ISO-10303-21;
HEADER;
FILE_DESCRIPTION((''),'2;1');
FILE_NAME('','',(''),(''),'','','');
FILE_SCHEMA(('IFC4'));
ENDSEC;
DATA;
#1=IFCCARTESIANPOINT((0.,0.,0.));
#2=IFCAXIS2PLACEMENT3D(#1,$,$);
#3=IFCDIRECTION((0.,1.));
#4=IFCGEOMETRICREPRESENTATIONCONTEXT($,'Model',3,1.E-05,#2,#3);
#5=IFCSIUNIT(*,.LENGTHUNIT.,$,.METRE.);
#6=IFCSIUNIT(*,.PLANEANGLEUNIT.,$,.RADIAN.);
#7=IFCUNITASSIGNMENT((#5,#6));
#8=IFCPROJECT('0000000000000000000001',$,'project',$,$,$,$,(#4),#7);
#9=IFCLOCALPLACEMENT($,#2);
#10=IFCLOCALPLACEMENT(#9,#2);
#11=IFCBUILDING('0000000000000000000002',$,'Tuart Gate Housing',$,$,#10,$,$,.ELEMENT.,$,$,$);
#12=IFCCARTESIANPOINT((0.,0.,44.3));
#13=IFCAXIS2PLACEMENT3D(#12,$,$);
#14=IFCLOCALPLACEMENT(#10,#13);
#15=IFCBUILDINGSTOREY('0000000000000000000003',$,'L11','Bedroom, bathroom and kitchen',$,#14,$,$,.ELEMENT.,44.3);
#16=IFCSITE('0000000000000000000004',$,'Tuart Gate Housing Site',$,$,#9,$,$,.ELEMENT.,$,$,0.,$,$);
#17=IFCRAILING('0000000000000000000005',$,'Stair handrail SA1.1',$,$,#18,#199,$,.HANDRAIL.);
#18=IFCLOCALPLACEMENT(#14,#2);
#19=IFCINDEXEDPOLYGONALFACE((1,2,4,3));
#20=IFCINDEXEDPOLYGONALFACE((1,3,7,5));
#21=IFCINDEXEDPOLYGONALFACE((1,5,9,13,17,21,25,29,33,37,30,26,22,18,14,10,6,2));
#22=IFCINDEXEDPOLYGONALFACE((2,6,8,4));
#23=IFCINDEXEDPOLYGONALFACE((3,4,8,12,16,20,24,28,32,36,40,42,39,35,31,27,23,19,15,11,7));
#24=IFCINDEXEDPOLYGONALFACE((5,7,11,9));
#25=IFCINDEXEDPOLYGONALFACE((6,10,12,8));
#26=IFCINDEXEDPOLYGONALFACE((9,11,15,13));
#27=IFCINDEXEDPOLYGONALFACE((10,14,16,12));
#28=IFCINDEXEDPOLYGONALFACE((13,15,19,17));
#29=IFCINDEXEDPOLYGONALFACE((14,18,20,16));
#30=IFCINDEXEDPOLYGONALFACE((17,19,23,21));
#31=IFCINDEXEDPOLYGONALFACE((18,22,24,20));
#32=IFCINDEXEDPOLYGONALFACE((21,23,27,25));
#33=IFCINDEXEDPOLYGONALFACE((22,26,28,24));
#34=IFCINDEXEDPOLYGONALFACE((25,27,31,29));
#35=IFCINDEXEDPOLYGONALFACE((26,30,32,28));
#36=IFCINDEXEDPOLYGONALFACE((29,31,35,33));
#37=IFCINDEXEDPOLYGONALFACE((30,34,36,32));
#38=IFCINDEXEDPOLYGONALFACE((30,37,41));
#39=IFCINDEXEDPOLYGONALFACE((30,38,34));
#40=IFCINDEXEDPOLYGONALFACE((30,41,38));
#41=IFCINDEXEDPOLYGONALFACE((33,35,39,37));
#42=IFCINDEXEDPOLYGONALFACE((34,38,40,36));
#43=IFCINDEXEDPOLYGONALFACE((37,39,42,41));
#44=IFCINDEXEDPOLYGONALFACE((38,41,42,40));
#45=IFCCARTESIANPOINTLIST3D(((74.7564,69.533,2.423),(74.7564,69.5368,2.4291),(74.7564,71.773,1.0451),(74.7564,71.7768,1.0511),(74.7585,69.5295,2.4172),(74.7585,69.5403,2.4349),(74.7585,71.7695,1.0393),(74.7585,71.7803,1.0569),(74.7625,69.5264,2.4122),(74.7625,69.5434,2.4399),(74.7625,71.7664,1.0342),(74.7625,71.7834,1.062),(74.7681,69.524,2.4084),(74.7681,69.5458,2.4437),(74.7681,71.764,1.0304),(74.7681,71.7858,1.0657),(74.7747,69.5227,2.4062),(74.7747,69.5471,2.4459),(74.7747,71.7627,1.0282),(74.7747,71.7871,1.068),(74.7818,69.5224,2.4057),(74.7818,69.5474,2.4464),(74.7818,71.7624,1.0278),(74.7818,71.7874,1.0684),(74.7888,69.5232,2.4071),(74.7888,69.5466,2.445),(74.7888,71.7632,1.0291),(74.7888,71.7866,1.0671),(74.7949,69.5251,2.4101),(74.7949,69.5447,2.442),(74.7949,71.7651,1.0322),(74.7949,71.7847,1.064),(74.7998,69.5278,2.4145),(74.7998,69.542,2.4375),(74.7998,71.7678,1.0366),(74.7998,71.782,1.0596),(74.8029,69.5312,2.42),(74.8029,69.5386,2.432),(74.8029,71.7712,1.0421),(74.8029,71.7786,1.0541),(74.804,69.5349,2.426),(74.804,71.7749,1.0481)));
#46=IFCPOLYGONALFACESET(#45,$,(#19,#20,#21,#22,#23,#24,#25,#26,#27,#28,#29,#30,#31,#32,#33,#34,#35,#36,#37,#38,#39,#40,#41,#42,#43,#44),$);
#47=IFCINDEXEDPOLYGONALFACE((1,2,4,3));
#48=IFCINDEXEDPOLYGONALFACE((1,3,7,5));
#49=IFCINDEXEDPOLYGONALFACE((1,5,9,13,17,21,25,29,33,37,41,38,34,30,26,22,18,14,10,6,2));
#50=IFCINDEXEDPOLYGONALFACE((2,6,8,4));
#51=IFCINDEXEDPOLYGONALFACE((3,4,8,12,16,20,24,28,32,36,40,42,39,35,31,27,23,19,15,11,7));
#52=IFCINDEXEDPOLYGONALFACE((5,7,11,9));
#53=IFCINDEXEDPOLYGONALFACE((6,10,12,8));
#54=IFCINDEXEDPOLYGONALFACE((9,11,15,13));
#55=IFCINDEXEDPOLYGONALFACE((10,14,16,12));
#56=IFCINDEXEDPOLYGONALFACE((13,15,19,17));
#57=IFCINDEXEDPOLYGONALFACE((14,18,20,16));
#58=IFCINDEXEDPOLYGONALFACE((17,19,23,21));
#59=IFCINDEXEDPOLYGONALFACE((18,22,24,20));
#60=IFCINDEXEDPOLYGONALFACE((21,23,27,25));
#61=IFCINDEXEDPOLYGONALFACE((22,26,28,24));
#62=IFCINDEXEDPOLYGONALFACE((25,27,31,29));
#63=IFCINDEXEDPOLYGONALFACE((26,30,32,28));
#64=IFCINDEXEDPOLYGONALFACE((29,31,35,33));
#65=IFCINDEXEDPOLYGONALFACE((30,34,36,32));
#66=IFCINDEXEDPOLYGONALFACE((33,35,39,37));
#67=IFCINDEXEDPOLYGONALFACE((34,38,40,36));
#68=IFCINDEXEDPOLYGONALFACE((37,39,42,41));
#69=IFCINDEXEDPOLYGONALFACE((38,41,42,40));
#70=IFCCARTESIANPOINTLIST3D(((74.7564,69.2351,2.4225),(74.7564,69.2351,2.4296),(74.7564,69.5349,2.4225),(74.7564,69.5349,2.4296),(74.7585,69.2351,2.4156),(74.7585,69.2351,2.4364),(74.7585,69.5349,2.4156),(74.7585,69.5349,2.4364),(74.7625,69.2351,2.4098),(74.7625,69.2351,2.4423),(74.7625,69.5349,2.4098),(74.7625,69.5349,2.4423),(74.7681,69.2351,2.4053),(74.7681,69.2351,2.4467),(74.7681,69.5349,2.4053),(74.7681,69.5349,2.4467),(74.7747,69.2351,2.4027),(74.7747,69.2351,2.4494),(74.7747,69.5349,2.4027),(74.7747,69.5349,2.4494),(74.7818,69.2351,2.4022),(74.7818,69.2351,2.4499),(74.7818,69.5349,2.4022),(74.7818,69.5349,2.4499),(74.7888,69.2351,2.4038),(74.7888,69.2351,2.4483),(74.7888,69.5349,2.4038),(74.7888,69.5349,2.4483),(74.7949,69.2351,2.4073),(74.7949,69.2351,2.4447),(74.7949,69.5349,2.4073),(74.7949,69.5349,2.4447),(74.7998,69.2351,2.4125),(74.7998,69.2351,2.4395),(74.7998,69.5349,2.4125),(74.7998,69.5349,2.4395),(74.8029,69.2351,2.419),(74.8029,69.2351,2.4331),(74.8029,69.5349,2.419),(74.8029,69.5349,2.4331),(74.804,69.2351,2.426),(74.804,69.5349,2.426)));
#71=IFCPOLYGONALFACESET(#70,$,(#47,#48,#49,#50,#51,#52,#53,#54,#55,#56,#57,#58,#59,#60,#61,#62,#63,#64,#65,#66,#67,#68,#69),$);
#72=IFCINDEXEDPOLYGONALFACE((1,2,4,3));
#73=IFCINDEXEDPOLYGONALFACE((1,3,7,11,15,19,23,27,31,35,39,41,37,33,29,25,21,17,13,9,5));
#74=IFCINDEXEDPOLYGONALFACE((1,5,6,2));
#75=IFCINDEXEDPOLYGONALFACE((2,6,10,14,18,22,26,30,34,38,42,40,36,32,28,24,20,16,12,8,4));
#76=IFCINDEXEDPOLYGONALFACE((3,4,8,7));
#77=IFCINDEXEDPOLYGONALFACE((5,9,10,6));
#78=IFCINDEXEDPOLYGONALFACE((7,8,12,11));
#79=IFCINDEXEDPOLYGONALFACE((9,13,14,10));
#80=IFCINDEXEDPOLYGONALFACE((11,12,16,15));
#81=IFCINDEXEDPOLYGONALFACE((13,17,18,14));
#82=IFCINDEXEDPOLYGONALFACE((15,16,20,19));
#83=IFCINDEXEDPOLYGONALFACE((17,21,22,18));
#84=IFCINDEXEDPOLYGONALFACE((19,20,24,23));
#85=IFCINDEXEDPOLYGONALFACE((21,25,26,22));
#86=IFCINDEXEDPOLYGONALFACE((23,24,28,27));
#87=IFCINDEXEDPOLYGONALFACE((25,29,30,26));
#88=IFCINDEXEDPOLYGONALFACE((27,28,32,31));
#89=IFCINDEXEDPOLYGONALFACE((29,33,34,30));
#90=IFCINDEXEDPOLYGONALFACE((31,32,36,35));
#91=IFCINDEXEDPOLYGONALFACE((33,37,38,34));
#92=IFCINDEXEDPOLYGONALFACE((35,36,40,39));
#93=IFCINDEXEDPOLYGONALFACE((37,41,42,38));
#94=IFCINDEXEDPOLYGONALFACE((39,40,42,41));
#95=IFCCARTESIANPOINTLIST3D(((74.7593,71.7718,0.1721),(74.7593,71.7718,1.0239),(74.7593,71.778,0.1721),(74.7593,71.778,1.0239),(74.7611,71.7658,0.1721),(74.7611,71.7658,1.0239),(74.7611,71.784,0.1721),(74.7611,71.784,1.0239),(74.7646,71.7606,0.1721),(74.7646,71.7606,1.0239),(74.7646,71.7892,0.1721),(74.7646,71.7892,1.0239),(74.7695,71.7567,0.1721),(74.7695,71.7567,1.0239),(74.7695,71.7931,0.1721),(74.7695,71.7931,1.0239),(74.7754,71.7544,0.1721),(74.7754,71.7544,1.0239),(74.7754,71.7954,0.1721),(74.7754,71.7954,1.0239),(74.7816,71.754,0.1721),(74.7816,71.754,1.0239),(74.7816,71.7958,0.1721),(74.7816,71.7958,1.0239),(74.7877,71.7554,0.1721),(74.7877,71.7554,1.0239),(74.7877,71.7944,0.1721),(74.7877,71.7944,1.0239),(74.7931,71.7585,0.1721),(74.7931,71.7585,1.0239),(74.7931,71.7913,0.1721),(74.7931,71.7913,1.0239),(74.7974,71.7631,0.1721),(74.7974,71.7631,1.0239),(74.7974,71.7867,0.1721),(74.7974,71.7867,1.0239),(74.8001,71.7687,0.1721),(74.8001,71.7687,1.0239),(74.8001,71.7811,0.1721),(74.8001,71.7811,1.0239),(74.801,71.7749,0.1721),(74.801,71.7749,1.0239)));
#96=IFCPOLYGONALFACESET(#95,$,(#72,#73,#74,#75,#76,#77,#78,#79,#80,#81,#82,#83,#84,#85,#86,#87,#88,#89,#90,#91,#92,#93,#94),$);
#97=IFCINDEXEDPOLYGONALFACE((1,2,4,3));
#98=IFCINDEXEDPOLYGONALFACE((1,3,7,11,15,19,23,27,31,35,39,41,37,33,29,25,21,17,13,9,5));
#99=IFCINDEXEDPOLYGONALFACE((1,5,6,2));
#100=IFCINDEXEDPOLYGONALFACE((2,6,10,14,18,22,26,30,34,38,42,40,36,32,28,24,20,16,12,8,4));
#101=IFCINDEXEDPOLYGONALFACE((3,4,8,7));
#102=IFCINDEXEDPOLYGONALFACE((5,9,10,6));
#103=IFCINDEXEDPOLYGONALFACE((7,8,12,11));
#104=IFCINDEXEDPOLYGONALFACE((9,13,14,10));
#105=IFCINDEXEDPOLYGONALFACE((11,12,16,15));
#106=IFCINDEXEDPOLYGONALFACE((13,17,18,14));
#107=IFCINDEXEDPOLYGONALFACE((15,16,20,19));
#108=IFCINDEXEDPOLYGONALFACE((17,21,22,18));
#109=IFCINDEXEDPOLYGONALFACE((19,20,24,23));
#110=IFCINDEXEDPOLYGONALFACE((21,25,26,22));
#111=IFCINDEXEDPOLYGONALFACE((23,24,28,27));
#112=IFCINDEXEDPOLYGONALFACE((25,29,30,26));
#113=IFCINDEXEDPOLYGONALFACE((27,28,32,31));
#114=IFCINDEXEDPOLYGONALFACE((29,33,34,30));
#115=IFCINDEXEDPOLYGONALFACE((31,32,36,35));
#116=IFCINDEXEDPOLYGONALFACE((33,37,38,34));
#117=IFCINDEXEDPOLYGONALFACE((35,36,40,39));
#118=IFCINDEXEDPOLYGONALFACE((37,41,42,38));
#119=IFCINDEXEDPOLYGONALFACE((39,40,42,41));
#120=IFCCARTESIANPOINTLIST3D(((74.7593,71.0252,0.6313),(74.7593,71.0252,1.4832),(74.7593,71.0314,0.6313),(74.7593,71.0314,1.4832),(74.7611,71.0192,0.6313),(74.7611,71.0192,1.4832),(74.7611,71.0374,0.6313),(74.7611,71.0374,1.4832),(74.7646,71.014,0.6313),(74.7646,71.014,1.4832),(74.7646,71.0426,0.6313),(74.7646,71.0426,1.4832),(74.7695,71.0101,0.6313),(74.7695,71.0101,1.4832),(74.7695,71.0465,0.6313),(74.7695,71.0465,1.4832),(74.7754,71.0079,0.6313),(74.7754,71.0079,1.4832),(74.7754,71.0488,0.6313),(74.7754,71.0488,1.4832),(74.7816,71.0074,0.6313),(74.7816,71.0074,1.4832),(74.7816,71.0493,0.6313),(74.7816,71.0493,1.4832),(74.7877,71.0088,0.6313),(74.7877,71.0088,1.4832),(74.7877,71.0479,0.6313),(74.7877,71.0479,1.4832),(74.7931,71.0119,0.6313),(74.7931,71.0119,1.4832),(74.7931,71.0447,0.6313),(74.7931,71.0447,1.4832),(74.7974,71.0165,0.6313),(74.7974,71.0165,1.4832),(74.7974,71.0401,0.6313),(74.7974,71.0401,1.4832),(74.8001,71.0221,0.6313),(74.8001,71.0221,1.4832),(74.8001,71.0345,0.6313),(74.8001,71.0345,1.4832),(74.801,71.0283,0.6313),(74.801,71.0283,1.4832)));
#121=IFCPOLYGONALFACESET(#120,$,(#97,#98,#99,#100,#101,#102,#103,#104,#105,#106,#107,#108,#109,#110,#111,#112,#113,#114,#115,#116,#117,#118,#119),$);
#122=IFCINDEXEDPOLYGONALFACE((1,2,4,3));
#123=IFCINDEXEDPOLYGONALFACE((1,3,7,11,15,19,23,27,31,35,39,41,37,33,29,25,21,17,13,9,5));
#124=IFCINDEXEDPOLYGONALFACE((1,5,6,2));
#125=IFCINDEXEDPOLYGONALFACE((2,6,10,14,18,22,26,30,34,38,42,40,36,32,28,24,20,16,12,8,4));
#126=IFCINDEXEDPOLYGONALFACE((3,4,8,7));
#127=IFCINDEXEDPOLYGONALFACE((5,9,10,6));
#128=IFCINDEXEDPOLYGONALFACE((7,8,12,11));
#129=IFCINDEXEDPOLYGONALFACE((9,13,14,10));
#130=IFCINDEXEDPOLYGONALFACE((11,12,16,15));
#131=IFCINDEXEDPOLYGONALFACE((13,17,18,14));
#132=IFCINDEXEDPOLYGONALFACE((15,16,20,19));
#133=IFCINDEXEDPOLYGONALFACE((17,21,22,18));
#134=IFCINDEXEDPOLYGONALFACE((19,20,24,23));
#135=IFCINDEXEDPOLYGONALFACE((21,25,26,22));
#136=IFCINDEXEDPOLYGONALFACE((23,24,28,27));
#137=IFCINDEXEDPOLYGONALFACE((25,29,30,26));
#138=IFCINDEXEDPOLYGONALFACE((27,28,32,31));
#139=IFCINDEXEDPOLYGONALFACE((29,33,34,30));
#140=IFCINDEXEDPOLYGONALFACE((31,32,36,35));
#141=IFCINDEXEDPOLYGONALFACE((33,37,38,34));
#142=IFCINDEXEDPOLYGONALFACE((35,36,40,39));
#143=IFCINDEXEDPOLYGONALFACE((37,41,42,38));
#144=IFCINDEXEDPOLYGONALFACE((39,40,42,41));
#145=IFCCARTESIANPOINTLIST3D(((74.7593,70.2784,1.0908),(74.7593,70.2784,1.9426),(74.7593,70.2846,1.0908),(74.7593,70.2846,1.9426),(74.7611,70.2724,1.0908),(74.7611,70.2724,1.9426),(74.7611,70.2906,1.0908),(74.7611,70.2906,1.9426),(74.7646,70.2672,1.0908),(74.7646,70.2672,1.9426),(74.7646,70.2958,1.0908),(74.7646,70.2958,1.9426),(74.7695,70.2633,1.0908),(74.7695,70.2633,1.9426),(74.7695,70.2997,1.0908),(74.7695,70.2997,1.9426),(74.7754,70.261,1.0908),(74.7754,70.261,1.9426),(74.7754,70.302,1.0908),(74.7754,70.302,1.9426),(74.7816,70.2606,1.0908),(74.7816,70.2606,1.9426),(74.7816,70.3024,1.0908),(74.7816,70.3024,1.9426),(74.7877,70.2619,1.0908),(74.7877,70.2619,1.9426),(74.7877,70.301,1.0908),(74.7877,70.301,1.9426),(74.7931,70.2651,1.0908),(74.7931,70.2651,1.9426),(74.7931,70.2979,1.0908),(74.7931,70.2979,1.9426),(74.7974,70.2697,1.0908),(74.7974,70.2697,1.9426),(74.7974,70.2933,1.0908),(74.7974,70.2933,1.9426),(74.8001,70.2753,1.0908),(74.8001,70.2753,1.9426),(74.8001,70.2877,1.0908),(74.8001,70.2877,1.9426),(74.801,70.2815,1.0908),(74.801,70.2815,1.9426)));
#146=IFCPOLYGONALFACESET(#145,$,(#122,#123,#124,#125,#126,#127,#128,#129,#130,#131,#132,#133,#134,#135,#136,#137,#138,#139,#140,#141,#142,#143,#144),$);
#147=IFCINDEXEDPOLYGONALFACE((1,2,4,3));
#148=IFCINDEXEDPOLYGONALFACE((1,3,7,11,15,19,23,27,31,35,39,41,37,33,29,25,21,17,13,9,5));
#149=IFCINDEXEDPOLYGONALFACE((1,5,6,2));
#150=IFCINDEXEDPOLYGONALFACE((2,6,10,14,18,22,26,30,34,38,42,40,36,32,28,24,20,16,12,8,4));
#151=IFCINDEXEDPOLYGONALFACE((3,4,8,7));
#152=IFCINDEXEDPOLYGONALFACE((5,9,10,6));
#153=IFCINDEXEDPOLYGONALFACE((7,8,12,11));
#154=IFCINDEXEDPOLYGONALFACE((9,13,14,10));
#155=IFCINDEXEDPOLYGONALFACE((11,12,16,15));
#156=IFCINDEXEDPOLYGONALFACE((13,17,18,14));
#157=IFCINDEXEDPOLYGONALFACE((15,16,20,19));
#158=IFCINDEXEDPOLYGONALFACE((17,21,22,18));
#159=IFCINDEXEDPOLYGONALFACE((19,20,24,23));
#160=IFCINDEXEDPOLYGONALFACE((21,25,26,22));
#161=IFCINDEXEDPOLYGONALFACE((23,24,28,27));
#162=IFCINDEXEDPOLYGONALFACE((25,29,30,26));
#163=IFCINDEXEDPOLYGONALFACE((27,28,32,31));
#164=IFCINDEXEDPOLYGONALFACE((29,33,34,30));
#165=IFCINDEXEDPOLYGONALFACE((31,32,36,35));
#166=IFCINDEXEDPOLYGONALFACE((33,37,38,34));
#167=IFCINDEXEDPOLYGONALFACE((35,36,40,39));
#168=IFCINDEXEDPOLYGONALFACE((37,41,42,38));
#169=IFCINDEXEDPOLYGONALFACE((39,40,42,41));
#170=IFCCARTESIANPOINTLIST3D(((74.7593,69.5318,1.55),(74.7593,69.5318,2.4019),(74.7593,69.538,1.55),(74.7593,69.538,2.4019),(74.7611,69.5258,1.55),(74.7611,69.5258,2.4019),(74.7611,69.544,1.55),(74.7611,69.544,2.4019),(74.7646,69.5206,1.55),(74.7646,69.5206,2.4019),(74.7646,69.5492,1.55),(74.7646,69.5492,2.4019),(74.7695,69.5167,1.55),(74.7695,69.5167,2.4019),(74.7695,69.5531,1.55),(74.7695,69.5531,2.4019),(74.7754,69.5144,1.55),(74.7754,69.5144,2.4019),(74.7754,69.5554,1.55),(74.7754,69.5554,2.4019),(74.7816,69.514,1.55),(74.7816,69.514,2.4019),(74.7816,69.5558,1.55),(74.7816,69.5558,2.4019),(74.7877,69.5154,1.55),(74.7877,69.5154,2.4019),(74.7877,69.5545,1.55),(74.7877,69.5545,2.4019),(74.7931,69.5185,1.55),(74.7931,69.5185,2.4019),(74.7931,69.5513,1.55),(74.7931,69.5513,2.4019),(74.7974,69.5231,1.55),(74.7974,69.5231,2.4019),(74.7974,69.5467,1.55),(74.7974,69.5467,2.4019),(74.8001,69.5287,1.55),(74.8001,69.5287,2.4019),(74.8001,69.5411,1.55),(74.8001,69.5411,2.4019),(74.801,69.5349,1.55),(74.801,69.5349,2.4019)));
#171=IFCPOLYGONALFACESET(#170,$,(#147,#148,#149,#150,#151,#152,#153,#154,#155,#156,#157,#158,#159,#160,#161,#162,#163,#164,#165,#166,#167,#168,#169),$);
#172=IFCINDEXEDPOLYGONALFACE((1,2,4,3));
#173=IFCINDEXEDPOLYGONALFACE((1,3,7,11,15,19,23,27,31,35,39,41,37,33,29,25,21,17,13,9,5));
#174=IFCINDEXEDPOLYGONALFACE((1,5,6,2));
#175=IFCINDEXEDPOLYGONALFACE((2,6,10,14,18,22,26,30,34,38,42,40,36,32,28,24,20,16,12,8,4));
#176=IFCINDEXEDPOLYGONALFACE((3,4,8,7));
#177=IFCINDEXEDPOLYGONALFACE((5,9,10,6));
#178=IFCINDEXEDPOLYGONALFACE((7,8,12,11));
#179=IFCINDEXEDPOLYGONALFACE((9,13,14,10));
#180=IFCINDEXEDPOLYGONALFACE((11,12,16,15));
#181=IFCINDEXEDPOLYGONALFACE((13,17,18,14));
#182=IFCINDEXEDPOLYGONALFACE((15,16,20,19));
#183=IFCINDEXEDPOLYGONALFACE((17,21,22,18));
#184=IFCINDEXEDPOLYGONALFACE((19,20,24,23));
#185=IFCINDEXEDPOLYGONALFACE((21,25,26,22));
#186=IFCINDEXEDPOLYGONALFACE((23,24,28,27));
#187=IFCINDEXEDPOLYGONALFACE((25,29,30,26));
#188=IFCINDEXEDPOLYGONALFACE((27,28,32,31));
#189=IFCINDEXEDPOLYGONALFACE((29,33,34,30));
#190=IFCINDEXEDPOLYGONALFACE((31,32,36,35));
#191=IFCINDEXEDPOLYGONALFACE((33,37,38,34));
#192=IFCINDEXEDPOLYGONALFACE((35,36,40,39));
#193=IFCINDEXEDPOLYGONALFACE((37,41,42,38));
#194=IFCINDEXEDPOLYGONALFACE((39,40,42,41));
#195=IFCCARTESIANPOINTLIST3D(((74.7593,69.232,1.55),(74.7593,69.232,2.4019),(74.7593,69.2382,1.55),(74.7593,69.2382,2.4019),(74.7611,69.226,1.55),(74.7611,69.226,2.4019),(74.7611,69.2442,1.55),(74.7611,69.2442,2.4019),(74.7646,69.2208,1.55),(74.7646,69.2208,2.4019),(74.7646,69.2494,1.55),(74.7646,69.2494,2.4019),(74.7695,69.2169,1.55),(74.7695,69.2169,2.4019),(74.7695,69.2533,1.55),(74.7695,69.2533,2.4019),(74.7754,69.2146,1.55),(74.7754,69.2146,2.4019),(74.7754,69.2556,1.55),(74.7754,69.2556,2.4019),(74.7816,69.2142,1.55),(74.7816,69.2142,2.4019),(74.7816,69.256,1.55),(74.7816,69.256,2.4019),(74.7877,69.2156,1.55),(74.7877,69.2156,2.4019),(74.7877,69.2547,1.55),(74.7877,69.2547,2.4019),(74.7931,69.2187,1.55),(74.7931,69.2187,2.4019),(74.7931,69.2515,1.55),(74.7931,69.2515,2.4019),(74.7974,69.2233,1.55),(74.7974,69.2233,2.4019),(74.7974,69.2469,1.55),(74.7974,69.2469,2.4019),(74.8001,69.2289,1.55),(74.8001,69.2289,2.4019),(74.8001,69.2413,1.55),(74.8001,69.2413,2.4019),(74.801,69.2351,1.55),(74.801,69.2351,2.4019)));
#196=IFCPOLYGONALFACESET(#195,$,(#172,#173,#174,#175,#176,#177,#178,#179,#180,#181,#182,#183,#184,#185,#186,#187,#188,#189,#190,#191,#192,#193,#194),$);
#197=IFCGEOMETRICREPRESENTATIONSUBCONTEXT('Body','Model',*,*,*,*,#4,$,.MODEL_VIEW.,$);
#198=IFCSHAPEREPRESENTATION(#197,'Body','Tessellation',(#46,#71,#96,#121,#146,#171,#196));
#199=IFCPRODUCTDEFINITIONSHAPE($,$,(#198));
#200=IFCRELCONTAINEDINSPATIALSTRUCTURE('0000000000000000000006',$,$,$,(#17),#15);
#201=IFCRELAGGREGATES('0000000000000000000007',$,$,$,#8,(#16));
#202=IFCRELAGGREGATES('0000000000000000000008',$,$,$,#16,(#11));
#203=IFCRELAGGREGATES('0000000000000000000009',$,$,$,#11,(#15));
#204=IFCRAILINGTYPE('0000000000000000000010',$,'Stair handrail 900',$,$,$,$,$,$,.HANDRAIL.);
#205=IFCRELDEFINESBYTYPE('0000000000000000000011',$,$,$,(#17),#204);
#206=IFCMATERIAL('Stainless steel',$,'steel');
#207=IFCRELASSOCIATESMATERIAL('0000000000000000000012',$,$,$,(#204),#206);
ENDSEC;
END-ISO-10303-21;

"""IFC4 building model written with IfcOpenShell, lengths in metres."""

from ifc_helpers import new_model, si_unit, direction, frame, origin, origin_2d, place, context, subcontext, project, spatial, circle, extrude, material, type_object, element, save


model = new_model("IFC4")

# Units and contexts
model_context = context("Model", 3, precision=1e-05, world=origin(), true_north=direction((0.0, 1.0)))
body_context = subcontext(model_context, "Body", "Model", "MODEL_VIEW")
ifc_project = project(units=[si_unit("LENGTHUNIT", "METRE"), si_unit("PLANEANGLEUNIT", "RADIAN")], contexts=[model_context])

# Site, building, storey
site_placement = place(None, origin())
site = spatial("IfcSite", under=ifc_project, at=site_placement, Name="Tuart Gate Housing Site", CompositionType="ELEMENT", RefElevation=0.0)
building_placement = place(site_placement, origin())
building = spatial("IfcBuilding", under=site, at=building_placement, Name="Tuart Gate Housing", CompositionType="ELEMENT")
storey_placement = place(building_placement, frame((0.0, 0.0, 44.3)))
storey = spatial("IfcBuildingStorey", under=building, at=storey_placement, Name="L11", Description="Bedroom, bathroom and kitchen", CompositionType="ELEMENT", Elevation=44.3)

# Railing
ifc_material_1 = material(Name="Stainless steel", Category="steel")
railing_type = type_object("IfcRailingType", Name="Stair handrail 900", PredefinedType="HANDRAIL", material=ifc_material_1)
railing_placement = place(storey_placement, frame((74.78, 71.7749, 0.1721)))
element("IfcRailing", 1, at=railing_placement, inside=storey, type_object=railing_type, Name="Stair handrail SA1.1", PredefinedType="HANDRAIL", context=body_context, shape_type="SweptSolid", body=[
    extrude(circle(Radius=0.0239, at=origin_2d()), frame((0.0, 0.0, 0.876), z_axis=(0.0, -0.851748, 0.523952), x_axis=(1.0, 0.0, 0.0)), (0.0, 0.0, 1.0), 2.6299),
    extrude(circle(Radius=0.0239, at=origin_2d()), frame((0.0, -2.24, 2.2539), z_axis=(0.0, -1.0, 0.0), x_axis=(1.0, 0.0, 0.0)), (0.0, 0.0, 1.0), 0.2998),
    extrude(circle(Radius=0.021, at=origin_2d()), origin(), (0.0, 0.0, 1.0), 0.8518),
    extrude(circle(Radius=0.021, at=origin_2d()), frame((0.0, -0.7466, 0.4592)), (0.0, 0.0, 1.0), 0.8518),
    extrude(circle(Radius=0.021, at=origin_2d()), frame((0.0, -1.4934, 0.9187)), (0.0, 0.0, 1.0), 0.8518),
    extrude(circle(Radius=0.021, at=origin_2d()), frame((0.0, -2.24, 1.3779)), (0.0, 0.0, 1.0), 0.8518),
    extrude(circle(Radius=0.021, at=origin_2d()), frame((0.0, -2.5398, 1.3779)), (0.0, 0.0, 1.0), 0.8518),
])

save(model, "model.ifc")
